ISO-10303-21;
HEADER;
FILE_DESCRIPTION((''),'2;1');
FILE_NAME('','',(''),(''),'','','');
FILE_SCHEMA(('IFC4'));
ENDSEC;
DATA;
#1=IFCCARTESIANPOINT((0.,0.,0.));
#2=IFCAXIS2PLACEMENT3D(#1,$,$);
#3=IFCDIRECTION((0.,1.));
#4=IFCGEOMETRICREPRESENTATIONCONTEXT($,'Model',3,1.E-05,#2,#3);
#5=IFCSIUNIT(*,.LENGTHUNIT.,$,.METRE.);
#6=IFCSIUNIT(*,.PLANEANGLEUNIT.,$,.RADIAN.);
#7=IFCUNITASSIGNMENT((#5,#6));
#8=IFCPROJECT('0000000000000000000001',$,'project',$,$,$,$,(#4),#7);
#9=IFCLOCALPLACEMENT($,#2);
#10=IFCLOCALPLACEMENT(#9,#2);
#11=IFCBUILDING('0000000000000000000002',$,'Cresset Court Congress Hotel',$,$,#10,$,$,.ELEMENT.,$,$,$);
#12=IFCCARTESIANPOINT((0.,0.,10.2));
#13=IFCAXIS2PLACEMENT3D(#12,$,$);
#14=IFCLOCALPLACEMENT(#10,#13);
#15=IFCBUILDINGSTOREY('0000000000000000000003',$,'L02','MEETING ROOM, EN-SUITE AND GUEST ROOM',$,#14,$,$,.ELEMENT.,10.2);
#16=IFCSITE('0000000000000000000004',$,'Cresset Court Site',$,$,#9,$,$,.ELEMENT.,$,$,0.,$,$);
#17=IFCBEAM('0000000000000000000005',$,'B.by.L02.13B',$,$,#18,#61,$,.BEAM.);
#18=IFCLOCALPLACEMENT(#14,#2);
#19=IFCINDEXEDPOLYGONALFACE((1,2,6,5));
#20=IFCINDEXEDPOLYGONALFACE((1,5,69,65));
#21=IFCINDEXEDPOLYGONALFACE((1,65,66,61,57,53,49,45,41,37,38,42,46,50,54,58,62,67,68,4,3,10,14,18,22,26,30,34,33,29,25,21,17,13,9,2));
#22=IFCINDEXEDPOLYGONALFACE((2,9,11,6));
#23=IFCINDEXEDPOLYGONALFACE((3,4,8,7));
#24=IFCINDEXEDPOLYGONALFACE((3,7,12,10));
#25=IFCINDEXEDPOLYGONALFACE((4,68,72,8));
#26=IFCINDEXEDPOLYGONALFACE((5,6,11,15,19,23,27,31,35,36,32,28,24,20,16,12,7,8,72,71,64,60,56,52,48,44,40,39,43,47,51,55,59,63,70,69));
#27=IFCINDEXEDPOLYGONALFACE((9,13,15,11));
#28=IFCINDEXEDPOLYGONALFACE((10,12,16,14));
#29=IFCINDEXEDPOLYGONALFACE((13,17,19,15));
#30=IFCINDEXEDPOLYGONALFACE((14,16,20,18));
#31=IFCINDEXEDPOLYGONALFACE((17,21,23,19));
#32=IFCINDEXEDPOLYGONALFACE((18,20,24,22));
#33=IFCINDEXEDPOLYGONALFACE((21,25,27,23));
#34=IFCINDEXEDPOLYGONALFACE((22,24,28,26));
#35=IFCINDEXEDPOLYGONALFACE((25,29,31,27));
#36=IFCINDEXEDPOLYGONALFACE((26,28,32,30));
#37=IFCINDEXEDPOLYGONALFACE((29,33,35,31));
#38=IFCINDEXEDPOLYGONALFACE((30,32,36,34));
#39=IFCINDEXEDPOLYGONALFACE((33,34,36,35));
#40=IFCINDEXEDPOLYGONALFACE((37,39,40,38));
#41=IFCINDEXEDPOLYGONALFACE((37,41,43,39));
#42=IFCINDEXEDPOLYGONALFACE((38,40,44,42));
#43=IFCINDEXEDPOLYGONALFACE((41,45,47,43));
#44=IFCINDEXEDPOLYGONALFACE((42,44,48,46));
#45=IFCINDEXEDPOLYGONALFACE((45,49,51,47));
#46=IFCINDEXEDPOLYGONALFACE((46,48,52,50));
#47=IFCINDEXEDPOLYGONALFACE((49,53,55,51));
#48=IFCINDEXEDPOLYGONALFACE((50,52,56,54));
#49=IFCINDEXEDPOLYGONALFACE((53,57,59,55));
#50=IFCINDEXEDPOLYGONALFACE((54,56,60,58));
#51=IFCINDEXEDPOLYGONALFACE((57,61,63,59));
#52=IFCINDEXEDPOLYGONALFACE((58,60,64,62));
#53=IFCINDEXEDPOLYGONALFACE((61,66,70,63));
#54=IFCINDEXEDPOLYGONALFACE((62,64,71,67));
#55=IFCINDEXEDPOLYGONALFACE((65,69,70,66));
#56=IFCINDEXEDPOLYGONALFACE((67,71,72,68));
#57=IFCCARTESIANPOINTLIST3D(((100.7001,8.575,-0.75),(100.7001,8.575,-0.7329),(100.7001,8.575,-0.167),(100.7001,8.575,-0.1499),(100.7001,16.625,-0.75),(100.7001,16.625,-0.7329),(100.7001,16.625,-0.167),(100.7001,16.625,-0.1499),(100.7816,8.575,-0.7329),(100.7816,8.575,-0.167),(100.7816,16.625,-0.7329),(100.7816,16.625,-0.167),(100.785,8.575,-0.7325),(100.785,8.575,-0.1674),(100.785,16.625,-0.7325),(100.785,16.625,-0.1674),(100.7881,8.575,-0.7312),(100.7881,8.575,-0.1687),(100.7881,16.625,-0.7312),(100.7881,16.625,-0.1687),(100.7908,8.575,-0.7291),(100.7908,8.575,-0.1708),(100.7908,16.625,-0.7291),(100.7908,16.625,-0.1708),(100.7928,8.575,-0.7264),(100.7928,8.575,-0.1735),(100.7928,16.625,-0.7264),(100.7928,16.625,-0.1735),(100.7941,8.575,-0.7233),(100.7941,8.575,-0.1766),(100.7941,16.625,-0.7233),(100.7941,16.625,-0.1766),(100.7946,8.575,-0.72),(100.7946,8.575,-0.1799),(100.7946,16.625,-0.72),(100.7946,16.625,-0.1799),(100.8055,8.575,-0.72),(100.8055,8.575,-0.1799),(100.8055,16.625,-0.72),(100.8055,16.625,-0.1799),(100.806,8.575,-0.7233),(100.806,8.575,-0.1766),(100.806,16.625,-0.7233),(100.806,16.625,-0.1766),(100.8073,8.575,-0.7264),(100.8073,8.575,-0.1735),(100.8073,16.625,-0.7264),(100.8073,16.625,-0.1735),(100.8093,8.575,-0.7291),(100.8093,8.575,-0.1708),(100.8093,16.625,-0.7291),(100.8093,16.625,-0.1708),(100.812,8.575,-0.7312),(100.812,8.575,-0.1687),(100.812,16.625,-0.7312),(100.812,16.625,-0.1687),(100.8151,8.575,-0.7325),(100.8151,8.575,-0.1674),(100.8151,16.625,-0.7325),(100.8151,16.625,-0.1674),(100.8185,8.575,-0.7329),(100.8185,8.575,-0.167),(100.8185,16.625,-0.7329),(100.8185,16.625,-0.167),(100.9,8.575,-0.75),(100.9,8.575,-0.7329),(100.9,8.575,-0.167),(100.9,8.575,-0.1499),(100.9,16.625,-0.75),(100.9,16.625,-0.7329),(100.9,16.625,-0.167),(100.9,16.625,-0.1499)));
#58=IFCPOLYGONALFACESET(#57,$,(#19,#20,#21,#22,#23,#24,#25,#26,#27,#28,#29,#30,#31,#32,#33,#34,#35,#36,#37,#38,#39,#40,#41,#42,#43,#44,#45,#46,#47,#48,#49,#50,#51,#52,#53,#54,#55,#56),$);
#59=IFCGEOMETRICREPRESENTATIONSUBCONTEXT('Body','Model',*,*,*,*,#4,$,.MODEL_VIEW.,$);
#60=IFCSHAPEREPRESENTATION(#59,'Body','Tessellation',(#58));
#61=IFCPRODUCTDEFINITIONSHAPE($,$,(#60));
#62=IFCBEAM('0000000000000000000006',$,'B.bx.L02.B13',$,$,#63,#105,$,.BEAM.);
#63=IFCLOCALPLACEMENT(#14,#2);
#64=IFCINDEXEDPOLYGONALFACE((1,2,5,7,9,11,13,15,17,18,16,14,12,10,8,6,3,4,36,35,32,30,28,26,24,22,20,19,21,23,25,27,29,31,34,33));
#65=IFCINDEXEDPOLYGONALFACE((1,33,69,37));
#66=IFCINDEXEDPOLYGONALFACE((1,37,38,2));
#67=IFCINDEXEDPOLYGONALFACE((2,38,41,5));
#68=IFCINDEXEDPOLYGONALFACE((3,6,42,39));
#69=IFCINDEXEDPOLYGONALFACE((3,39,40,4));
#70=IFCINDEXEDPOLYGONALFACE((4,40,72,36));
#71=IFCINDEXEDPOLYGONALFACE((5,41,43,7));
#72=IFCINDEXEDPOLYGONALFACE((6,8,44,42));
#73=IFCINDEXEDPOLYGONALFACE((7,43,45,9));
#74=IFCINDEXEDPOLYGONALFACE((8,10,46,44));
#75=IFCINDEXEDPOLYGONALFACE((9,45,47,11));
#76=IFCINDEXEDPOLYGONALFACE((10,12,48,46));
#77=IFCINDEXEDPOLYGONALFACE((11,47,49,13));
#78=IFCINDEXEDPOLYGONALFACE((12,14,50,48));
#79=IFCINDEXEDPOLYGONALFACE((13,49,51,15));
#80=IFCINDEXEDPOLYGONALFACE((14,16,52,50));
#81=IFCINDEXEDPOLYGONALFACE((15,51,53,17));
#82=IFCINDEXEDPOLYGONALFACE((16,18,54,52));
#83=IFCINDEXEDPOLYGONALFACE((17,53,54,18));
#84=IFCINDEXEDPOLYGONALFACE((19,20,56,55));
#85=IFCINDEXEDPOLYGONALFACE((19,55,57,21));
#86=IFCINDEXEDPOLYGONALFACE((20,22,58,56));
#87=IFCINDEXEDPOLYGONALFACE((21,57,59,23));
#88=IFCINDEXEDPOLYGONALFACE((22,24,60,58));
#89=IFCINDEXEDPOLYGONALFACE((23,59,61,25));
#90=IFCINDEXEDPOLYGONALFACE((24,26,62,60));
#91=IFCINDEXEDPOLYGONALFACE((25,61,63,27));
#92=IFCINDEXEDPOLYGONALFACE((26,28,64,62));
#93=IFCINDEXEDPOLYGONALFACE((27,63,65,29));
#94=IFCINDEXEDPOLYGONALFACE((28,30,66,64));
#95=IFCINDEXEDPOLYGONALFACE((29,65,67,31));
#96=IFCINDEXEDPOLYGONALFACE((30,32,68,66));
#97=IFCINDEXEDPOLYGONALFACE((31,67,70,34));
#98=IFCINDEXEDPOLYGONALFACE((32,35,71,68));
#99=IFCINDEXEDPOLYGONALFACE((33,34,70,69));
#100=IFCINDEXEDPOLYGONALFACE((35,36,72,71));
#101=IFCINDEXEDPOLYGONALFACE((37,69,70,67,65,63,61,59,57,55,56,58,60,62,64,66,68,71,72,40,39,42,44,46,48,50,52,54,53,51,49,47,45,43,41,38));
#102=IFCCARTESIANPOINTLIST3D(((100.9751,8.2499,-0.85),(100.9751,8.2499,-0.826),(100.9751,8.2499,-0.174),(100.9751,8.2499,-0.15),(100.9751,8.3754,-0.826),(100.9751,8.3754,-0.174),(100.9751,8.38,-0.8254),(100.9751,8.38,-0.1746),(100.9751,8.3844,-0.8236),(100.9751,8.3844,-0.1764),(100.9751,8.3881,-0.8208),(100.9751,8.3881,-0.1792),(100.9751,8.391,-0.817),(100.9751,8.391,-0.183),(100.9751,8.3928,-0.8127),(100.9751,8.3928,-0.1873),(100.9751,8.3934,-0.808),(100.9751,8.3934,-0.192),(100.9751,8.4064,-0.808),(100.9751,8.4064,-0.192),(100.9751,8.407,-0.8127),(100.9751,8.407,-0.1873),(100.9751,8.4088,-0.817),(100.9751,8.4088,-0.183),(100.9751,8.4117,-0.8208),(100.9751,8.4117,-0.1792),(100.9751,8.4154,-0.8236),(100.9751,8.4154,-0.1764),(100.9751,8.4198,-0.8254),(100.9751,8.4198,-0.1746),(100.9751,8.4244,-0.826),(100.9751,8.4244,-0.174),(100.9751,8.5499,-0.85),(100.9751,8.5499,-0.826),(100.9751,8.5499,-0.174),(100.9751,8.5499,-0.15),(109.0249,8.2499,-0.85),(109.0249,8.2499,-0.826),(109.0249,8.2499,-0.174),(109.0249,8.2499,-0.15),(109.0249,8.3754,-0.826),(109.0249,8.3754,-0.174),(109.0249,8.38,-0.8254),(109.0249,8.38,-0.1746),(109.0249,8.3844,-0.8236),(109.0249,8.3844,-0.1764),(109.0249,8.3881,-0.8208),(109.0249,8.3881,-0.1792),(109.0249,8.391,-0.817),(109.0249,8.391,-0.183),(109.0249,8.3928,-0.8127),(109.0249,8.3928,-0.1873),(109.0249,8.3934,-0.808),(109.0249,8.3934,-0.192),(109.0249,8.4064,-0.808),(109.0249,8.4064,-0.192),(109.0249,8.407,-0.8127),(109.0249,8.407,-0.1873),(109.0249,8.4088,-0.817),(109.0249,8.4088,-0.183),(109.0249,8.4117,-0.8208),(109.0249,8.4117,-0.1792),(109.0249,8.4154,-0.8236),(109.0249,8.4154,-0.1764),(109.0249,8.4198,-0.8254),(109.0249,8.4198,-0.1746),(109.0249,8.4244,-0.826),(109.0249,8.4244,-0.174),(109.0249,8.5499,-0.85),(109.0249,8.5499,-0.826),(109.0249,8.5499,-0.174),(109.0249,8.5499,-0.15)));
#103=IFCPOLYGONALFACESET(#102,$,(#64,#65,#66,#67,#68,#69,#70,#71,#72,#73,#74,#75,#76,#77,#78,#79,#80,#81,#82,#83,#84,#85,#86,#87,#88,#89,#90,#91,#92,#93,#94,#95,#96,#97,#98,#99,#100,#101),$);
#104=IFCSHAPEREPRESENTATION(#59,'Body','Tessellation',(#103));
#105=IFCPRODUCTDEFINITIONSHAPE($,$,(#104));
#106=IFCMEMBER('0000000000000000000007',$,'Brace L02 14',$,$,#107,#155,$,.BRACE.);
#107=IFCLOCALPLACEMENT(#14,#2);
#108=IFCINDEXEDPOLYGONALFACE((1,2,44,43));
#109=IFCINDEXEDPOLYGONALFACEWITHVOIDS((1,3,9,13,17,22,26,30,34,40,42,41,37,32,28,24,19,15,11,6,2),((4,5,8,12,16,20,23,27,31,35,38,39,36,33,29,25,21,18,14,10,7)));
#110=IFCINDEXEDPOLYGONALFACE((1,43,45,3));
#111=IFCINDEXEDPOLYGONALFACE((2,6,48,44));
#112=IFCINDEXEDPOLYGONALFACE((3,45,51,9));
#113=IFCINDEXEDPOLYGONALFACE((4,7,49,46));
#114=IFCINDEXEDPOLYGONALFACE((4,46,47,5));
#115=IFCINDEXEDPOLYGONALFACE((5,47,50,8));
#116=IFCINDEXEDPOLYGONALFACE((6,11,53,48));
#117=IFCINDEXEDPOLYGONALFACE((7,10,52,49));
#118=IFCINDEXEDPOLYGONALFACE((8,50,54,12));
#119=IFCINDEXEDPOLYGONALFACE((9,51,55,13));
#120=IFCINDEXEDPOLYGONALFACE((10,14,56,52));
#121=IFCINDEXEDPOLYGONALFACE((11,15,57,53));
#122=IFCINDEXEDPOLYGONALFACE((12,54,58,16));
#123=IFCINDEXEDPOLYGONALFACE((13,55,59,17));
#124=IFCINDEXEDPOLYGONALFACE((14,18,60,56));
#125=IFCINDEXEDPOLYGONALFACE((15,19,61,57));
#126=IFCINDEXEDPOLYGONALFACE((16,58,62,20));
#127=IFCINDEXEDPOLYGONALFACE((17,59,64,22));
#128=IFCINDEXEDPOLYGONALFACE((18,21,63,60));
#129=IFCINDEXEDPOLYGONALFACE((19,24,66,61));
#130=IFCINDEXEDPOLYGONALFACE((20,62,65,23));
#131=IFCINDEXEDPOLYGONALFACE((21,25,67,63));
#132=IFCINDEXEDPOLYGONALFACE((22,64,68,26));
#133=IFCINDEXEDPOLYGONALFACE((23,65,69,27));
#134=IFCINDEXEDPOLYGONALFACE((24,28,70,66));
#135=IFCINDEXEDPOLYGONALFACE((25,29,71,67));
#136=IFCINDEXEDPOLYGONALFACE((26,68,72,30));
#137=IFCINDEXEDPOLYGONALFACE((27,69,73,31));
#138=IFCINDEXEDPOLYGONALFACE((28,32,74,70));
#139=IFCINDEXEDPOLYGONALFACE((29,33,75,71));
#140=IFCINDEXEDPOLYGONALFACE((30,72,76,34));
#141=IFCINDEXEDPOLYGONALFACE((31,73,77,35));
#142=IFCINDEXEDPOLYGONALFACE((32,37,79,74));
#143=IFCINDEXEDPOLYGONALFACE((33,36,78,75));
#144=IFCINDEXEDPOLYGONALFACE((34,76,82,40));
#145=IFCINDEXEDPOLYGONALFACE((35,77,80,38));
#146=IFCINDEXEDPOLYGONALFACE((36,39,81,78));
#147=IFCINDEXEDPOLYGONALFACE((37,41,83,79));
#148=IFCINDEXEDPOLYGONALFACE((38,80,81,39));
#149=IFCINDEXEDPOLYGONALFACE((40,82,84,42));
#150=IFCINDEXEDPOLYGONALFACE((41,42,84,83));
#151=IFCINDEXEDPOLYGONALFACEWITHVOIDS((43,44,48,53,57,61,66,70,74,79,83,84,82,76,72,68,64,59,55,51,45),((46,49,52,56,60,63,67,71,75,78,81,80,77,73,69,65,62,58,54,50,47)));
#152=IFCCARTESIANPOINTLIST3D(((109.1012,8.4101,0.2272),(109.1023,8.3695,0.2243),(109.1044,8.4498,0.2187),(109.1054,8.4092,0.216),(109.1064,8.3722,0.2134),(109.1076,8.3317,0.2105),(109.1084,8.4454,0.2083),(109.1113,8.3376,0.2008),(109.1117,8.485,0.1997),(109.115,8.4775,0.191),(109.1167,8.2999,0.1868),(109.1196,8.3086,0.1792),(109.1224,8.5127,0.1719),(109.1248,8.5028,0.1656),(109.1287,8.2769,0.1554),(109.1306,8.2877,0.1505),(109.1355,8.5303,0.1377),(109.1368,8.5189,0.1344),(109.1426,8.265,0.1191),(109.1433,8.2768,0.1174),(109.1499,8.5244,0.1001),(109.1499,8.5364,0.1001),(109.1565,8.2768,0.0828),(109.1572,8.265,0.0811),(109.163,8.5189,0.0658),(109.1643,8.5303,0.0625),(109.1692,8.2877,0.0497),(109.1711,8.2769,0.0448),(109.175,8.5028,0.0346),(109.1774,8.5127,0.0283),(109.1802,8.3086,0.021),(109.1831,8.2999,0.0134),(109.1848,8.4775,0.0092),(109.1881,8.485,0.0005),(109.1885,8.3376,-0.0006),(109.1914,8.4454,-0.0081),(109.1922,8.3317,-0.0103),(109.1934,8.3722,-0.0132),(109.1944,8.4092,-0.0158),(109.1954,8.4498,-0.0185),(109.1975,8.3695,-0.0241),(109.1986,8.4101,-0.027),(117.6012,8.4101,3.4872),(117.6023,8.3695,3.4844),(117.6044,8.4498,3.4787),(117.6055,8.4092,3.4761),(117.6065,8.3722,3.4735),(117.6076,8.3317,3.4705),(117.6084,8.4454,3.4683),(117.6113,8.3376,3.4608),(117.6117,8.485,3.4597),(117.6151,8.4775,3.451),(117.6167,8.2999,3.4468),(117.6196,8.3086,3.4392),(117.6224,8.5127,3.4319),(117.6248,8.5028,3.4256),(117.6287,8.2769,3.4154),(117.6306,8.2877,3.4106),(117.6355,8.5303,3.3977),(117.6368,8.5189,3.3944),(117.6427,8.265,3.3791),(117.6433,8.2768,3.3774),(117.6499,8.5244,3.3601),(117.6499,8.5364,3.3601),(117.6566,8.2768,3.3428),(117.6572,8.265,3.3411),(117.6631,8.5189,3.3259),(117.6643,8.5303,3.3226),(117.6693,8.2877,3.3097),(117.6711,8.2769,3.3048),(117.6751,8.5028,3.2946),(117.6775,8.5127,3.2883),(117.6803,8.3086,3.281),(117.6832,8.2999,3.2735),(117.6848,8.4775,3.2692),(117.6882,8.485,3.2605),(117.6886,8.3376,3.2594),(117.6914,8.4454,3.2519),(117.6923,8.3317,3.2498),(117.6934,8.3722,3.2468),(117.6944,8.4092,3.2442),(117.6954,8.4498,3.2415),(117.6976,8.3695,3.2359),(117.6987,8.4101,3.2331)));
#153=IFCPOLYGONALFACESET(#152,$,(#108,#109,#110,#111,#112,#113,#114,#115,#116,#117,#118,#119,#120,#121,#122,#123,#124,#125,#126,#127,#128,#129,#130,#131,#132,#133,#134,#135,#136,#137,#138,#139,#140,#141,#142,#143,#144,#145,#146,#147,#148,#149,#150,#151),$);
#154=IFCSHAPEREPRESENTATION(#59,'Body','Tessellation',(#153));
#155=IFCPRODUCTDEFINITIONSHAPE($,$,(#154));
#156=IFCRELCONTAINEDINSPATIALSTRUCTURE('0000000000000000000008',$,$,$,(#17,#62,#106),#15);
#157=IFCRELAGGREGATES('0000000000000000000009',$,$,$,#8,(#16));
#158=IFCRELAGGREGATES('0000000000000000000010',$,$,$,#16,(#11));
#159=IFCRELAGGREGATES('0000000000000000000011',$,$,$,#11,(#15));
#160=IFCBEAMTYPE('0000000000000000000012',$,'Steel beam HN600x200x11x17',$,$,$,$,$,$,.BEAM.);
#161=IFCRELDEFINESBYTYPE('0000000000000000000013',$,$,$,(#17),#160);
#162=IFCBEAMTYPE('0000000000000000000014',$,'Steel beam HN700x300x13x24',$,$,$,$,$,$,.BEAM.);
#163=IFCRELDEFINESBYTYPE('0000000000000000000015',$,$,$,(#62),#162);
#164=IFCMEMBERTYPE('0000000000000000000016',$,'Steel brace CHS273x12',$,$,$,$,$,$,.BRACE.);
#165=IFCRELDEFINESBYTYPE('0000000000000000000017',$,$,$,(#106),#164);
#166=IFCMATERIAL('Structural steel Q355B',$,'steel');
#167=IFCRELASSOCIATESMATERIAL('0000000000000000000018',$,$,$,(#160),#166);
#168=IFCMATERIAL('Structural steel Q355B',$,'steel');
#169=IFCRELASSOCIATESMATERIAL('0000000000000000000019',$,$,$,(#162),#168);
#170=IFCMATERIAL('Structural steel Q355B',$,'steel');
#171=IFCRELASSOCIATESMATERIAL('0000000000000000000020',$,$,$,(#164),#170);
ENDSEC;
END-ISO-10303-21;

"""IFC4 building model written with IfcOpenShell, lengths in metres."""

from ifc_helpers import new_model, si_unit, direction, frame, origin, origin_2d, place, context, subcontext, project, spatial, hollow_circle, i_section, extrude, material, material_profile, profile_set, type_object, element, save


model = new_model("IFC4")

# Units and contexts
model_context = context("Model", 3, precision=1e-05, world=origin(), true_north=direction((0.0, 1.0)))
body_context = subcontext(model_context, "Body", "Model", "MODEL_VIEW")
ifc_project = project(units=[si_unit("LENGTHUNIT", "METRE"), si_unit("PLANEANGLEUNIT", "RADIAN")], contexts=[model_context])

# Site, building, storey
site_placement = place(None, origin())
site = spatial("IfcSite", under=ifc_project, at=site_placement, Name="Cresset Court Site", CompositionType="ELEMENT", RefElevation=0.0)
building_placement = place(site_placement, origin())
building = spatial("IfcBuilding", under=site, at=building_placement, Name="Cresset Court Congress Hotel", CompositionType="ELEMENT")
storey_placement = place(building_placement, frame((0.0, 0.0, 10.2)))
storey = spatial("IfcBuildingStorey", under=building, at=storey_placement, Name="L02", Description="MEETING ROOM, EN-SUITE AND GUEST ROOM", CompositionType="ELEMENT", Elevation=10.2)

# Beams
ifc_material_1 = material(Name="Structural steel Q355B", Category="steel")
ifc_material_profile_1 = material_profile(ifc_material_1, i_section(OverallWidth=0.2, OverallDepth=0.6001, WebThickness=0.011, FlangeThickness=0.0171, FilletRadius=0.0129, at=origin_2d()), Name="HN600x200x11x17")
ifc_profile_set_1 = profile_set([ifc_material_profile_1], Name="Structural steel Q355B")
beam_type_1 = type_object("IfcBeamType", Name="Steel beam HN600x200x11x17", PredefinedType="BEAM", material=ifc_profile_set_1)
beam_1_placement = place(storey_placement, frame((100.8, 8.575, -0.45), z_axis=(0.0, 1.0, 0.0), x_axis=(-1.0, 0.0, 0.0)))
element("IfcBeam", 1, at=beam_1_placement, inside=storey, type_object=beam_type_1, Name="B.by.L02.13B", PredefinedType="BEAM", context=body_context, shape_type="SweptSolid", body=[
    extrude(i_section(OverallWidth=0.2, OverallDepth=0.6001, WebThickness=0.011, FlangeThickness=0.0171, FilletRadius=0.0129, at=origin_2d()), origin(), (0.0, 0.0, 1.0), 8.05),
])
ifc_material_2 = material(Name="Structural steel Q355B", Category="steel")
ifc_material_profile_2 = material_profile(ifc_material_2, i_section(OverallWidth=0.3, OverallDepth=0.7, WebThickness=0.0129, FlangeThickness=0.0239, FilletRadius=0.0181, at=origin_2d()), Name="HN700x300x13x24")
ifc_profile_set_2 = profile_set([ifc_material_profile_2], Name="Structural steel Q355B")
beam_type_2 = type_object("IfcBeamType", Name="Steel beam HN700x300x13x24", PredefinedType="BEAM", material=ifc_profile_set_2)
beam_2_placement = place(storey_placement, frame((100.9751, 8.3999, -0.5), z_axis=(1.0, 0.0, 0.0), x_axis=(0.0, 1.0, 0.0)))
element("IfcBeam", 2, at=beam_2_placement, inside=storey, type_object=beam_type_2, Name="B.bx.L02.B13", PredefinedType="BEAM", context=body_context, shape_type="SweptSolid", body=[
    extrude(i_section(OverallWidth=0.3, OverallDepth=0.7, WebThickness=0.0129, FlangeThickness=0.0239, FilletRadius=0.0181, at=origin_2d()), origin(), (0.0, 0.0, 1.0), 8.0498),
])

# Member
ifc_material_3 = material(Name="Structural steel Q355B", Category="steel")
ifc_material_profile_3 = material_profile(ifc_material_3, hollow_circle(Radius=0.1365, WallThickness=0.012, at=origin_2d()), Name="CHS273x12")
ifc_profile_set_3 = profile_set([ifc_material_profile_3], Name="Structural steel Q355B")
member_type_1 = type_object("IfcMemberType", Name="Steel brace CHS273x12", PredefinedType="BRACE", material=ifc_profile_set_3)
member_1_placement = place(storey_placement, frame((109.1499, 8.3999, 0.1001), z_axis=(0.933685, 0.0, 0.358097), x_axis=(0.0, 1.0, 0.0)))
element("IfcMember", 3, at=member_1_placement, inside=storey, type_object=member_type_1, Name="Brace L02 14", PredefinedType="BRACE", context=body_context, shape_type="SweptSolid", body=[
    extrude(hollow_circle(Radius=0.1365, WallThickness=0.012, at=origin_2d()), origin(), (0.0, 0.0, 1.0), 9.1038),
])

save(model, "model.ifc")
